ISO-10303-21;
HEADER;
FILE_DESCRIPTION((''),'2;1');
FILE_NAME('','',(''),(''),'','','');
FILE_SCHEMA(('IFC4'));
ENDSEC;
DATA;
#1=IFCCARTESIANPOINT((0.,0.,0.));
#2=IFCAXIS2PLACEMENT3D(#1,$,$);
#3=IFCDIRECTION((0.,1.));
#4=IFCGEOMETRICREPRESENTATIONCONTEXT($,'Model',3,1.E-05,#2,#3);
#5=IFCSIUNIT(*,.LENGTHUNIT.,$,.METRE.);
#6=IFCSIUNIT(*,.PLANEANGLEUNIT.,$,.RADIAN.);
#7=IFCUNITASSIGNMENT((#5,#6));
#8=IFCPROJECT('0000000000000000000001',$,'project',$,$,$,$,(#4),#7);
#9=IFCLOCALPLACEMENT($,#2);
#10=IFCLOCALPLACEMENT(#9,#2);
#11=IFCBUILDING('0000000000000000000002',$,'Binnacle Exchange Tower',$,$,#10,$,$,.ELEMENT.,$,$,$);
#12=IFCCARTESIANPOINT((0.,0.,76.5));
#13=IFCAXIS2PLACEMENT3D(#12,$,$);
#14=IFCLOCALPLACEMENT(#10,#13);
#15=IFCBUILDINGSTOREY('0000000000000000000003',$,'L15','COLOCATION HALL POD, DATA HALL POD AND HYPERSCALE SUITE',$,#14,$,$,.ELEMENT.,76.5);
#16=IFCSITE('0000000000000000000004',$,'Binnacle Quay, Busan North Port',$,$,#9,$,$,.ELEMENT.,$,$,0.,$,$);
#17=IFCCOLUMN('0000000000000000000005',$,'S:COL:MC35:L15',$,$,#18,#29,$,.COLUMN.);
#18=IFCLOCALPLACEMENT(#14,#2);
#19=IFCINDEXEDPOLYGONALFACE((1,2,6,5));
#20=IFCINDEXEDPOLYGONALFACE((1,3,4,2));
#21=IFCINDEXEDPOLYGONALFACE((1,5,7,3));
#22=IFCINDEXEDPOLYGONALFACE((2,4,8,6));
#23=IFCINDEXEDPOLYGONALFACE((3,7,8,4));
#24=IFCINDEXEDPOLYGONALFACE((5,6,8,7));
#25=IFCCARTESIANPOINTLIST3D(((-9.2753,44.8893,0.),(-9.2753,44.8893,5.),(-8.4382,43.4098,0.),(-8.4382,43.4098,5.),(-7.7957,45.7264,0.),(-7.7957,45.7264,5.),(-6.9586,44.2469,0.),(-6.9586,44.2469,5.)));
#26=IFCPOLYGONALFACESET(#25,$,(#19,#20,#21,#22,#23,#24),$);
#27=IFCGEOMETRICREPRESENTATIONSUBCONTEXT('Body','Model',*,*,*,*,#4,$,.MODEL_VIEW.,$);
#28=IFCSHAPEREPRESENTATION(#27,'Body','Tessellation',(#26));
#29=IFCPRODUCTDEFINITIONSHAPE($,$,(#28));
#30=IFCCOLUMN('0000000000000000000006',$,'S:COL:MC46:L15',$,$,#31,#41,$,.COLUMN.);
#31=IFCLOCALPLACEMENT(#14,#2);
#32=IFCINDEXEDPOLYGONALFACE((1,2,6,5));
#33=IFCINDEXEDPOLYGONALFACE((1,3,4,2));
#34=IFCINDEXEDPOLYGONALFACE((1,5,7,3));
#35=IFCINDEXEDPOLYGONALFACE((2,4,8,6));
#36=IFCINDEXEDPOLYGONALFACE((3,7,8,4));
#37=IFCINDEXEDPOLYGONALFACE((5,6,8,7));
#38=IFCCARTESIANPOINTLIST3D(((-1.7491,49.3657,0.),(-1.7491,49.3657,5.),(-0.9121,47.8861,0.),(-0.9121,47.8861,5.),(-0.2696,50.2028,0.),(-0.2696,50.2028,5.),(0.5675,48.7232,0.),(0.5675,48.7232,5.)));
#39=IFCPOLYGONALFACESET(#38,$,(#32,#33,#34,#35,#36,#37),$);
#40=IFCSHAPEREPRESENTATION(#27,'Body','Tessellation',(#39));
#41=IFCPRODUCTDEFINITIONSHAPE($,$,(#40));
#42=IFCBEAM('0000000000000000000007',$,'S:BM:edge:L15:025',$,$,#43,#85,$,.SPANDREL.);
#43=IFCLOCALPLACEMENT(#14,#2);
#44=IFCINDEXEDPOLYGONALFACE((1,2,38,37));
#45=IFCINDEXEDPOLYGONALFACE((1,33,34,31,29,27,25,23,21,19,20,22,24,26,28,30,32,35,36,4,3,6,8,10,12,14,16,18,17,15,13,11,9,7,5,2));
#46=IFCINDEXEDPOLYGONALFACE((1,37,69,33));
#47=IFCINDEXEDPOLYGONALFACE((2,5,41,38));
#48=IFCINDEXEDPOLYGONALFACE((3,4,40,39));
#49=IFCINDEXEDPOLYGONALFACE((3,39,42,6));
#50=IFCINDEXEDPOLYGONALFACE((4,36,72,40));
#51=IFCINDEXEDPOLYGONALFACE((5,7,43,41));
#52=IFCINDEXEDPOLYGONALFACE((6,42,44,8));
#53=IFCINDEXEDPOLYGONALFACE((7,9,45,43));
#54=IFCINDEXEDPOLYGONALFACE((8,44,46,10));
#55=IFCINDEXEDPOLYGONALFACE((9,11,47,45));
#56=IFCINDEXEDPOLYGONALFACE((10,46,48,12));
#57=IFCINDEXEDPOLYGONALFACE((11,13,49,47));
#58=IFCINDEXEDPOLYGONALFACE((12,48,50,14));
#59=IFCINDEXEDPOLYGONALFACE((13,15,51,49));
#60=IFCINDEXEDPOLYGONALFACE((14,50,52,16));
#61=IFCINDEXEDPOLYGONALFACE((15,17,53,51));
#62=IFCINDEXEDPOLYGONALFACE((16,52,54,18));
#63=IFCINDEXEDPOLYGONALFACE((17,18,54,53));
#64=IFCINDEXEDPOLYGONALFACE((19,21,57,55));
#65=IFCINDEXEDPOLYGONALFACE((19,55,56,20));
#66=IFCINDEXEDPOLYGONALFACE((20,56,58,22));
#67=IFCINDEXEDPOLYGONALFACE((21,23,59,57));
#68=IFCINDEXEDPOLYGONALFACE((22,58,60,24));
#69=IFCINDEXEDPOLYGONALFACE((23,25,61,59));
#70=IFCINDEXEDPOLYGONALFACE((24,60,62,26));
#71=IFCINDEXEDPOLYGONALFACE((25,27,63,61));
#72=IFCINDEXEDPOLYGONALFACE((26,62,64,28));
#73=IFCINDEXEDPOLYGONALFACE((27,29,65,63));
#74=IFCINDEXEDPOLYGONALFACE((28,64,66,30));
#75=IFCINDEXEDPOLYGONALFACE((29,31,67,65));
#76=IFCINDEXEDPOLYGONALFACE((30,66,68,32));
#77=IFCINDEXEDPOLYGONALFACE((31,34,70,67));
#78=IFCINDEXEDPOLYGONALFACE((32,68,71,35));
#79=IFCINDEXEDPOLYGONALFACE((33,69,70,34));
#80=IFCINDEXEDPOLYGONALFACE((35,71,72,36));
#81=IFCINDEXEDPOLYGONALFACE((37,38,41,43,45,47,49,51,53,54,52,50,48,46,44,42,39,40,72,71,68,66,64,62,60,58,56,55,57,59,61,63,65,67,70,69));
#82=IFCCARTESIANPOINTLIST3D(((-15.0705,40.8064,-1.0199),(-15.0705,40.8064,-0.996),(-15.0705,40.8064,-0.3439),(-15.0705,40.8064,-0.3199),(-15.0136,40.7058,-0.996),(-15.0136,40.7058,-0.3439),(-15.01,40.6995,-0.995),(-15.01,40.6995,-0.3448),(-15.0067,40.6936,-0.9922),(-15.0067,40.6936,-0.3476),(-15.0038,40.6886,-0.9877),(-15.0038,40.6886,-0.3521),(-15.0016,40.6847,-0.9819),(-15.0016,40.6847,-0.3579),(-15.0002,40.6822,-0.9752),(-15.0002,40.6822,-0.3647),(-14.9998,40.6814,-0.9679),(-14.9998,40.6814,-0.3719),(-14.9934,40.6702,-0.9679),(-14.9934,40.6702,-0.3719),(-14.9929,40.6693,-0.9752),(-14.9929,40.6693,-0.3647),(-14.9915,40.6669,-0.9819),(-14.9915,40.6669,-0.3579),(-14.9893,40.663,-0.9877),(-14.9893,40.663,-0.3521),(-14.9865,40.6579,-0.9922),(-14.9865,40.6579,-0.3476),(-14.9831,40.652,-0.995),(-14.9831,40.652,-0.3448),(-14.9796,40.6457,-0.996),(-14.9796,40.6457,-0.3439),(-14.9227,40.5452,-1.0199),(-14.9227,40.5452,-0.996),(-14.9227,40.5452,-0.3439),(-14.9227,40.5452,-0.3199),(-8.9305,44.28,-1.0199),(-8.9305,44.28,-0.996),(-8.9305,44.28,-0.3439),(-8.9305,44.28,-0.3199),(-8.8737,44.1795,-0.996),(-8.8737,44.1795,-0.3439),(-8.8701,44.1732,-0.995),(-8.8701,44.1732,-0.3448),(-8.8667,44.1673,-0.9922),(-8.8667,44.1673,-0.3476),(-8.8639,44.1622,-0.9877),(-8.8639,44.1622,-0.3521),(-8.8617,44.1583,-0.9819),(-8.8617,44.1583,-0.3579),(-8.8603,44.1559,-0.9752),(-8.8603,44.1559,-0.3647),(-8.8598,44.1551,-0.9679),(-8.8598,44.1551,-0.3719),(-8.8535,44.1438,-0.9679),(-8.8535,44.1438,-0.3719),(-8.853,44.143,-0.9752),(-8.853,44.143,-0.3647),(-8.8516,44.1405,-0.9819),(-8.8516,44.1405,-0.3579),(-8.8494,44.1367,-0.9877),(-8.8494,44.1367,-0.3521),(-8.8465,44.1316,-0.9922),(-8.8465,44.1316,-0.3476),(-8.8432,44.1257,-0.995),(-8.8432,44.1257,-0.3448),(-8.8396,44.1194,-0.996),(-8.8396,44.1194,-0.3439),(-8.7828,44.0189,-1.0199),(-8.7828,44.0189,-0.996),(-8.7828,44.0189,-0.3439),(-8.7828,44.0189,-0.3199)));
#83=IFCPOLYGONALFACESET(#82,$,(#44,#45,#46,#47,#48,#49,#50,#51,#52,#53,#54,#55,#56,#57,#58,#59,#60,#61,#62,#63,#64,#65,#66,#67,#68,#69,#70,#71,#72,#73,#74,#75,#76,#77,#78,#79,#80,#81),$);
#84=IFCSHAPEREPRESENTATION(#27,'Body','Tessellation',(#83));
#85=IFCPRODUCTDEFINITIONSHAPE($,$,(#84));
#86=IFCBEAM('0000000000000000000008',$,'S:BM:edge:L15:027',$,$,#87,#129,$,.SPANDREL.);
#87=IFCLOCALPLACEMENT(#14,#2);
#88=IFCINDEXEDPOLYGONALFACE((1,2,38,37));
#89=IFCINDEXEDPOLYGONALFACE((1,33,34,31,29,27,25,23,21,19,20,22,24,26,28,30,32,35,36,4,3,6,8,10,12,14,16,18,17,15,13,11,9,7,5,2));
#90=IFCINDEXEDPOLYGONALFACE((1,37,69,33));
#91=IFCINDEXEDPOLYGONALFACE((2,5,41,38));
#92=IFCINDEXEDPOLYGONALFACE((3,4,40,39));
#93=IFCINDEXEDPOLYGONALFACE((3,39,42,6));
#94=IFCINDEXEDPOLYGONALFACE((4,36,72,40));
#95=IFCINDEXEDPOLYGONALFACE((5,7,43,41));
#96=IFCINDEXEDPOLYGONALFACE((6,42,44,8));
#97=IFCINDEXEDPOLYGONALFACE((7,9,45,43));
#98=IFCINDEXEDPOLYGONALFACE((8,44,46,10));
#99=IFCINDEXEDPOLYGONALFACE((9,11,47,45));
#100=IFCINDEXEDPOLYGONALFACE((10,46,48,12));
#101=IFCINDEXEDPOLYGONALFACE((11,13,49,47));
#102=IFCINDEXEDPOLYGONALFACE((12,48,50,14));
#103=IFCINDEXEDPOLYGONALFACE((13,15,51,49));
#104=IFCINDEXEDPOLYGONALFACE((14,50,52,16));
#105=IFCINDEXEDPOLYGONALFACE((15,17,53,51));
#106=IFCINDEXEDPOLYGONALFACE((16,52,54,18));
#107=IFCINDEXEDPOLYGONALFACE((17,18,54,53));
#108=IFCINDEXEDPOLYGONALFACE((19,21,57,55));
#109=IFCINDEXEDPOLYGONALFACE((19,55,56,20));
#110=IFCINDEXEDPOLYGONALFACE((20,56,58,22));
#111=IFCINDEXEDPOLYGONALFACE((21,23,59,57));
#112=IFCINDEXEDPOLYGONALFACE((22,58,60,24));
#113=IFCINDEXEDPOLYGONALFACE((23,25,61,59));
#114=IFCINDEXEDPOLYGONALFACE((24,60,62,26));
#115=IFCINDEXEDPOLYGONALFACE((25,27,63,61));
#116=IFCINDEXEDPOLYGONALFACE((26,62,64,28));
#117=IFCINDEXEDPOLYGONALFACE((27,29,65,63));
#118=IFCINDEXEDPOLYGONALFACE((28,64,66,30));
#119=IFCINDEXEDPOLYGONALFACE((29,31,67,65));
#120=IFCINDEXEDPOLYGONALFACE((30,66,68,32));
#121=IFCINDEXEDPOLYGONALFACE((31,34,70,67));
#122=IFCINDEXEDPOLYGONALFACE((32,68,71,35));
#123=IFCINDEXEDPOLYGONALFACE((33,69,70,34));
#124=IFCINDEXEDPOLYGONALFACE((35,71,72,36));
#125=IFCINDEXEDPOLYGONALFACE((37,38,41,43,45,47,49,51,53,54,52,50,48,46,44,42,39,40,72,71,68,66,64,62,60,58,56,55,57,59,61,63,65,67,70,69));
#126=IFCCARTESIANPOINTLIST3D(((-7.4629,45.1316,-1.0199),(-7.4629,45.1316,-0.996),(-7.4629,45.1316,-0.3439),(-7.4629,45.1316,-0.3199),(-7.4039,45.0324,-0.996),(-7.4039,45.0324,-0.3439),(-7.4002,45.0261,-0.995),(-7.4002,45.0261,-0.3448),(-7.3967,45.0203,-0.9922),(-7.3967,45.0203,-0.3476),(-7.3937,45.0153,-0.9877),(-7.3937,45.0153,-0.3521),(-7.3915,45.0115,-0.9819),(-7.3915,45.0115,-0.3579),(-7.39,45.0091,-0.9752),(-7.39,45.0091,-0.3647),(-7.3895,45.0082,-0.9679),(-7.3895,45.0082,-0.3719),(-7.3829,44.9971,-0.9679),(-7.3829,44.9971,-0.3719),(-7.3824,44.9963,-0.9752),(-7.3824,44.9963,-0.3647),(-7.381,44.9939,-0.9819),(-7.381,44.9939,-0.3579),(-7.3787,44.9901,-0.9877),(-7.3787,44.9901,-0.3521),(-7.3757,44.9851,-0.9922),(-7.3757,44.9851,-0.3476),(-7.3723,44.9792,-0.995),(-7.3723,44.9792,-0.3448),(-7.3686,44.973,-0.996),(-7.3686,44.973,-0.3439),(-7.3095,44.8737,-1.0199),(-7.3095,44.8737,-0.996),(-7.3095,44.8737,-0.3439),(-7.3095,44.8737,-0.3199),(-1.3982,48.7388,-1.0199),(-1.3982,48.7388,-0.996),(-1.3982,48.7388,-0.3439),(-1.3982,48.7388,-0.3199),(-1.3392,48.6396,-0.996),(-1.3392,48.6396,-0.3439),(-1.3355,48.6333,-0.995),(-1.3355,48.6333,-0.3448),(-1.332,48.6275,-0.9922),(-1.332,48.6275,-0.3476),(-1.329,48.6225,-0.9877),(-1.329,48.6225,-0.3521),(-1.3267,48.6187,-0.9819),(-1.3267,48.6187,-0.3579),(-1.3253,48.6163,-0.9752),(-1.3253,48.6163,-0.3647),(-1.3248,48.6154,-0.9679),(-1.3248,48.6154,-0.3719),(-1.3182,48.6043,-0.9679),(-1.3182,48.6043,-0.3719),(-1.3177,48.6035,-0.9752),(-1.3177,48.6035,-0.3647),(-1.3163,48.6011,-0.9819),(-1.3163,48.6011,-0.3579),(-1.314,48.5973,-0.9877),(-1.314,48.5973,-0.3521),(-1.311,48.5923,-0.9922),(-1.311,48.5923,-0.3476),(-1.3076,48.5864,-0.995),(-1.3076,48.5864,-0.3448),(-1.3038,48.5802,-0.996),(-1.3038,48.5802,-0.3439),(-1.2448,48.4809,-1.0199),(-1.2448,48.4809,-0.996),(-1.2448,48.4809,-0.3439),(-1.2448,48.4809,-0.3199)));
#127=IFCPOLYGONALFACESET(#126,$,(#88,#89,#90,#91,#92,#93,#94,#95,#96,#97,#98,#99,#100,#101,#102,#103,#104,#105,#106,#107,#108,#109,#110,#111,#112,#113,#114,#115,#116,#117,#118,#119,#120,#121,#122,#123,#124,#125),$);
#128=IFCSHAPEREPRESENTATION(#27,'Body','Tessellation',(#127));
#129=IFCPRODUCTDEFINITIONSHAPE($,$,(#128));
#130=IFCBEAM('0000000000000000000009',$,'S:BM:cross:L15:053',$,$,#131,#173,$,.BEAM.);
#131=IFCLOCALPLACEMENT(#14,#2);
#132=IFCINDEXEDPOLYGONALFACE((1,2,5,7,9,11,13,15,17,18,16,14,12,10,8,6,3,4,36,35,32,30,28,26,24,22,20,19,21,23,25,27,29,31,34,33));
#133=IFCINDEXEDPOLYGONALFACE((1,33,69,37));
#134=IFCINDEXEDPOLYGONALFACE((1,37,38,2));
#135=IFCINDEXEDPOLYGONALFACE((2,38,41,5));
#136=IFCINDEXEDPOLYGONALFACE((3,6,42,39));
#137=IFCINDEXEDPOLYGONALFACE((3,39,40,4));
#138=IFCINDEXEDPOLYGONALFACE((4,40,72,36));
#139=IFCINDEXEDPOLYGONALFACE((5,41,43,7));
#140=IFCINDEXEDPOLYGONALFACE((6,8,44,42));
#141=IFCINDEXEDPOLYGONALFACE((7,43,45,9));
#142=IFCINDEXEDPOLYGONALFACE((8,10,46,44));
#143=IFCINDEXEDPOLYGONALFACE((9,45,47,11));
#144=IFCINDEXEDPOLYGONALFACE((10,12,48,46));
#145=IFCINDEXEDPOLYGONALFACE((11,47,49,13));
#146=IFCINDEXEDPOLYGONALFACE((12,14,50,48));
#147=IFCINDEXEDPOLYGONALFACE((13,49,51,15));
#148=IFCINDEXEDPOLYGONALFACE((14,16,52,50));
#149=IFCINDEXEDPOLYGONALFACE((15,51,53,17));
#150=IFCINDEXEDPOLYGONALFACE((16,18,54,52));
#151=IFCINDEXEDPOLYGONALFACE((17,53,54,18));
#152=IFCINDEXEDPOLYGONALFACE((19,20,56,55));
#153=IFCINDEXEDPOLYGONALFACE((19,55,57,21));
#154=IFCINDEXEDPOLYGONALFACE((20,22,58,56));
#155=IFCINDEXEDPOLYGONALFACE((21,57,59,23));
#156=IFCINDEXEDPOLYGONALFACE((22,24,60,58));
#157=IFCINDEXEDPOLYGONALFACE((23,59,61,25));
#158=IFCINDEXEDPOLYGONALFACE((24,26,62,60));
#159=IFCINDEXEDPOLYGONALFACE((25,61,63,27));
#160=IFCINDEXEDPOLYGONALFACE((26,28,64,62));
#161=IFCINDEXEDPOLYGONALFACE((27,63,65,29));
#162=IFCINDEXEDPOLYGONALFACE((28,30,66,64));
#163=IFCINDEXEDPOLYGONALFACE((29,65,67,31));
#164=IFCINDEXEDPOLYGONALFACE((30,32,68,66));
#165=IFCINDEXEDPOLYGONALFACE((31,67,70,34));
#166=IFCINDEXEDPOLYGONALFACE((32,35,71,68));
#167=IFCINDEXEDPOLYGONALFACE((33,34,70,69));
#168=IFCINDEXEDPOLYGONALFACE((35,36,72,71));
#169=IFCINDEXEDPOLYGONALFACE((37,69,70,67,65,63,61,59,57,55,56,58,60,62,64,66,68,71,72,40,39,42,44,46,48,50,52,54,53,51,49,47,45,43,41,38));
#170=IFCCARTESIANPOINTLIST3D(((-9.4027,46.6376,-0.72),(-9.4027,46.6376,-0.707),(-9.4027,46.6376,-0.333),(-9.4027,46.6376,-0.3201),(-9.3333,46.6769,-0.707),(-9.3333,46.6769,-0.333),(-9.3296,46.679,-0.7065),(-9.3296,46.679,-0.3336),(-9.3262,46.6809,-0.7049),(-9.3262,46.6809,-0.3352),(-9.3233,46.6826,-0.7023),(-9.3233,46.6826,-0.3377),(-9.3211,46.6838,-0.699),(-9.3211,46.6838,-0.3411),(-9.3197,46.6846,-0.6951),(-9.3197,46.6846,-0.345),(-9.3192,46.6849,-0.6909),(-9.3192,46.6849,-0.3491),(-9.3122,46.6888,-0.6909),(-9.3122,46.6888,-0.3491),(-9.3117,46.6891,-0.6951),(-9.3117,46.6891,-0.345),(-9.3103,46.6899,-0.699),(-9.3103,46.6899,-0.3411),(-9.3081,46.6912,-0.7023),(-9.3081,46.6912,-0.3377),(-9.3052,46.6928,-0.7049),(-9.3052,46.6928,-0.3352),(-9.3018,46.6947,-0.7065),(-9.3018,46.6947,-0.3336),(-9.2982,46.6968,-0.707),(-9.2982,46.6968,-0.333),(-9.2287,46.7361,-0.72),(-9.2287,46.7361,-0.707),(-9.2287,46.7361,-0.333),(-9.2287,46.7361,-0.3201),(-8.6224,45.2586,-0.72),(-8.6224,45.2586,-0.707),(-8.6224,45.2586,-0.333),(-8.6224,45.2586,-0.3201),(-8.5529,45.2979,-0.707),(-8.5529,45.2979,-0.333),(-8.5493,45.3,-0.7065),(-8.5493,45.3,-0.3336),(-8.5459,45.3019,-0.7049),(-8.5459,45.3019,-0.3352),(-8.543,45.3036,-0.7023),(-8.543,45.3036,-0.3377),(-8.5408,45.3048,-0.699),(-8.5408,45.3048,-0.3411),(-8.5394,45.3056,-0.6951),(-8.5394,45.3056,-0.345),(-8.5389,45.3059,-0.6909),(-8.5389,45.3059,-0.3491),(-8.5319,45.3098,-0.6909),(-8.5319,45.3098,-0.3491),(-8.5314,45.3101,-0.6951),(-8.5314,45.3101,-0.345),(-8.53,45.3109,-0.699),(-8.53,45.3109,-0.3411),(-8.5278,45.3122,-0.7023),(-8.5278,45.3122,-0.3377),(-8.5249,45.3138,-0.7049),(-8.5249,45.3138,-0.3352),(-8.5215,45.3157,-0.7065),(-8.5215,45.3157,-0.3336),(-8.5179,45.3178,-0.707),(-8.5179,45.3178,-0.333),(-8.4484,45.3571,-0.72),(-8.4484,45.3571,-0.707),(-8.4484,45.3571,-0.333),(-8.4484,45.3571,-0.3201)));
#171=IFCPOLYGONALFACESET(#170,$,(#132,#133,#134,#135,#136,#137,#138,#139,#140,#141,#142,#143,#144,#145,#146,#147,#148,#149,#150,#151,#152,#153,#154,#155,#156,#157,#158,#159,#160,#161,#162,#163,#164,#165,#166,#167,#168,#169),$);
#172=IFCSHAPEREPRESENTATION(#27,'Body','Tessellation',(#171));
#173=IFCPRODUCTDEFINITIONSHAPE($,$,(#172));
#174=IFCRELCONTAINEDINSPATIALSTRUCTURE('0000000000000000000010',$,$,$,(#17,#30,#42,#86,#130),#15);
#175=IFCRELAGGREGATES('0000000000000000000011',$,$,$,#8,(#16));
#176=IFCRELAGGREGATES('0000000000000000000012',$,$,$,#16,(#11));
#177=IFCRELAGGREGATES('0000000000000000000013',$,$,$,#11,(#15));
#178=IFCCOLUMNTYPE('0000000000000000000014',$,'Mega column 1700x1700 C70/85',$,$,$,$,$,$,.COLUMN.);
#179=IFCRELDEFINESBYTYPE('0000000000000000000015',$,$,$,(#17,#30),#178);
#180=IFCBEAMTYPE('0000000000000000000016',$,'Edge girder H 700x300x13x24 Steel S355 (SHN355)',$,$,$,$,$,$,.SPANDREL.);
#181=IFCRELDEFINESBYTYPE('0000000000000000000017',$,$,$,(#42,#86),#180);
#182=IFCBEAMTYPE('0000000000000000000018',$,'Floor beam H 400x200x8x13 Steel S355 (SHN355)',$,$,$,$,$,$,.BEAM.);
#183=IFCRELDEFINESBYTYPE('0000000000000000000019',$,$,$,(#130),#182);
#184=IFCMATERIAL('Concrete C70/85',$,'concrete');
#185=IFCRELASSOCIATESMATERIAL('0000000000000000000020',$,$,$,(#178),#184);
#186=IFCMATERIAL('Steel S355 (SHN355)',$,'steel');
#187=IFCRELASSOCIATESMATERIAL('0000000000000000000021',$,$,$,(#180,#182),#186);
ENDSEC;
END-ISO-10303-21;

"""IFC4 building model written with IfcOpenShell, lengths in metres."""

from ifc_helpers import new_model, si_unit, direction, frame, origin, origin_2d, place, context, subcontext, project, spatial, rectangle, i_section, extrude, material, material_profile, profile_set, type_object, element, save


model = new_model("IFC4")

# Units and contexts
model_context = context("Model", 3, precision=1e-05, world=origin(), true_north=direction((0.0, 1.0)))
body_context = subcontext(model_context, "Body", "Model", "MODEL_VIEW")
ifc_project = project(units=[si_unit("LENGTHUNIT", "METRE"), si_unit("PLANEANGLEUNIT", "RADIAN")], contexts=[model_context])

# Site, building, storey
site_placement = place(None, origin())
site = spatial("IfcSite", under=ifc_project, at=site_placement, Name="Binnacle Quay, Busan North Port", CompositionType="ELEMENT", RefElevation=0.0)
building_placement = place(site_placement, origin())
building = spatial("IfcBuilding", under=site, at=building_placement, Name="Binnacle Exchange Tower", CompositionType="ELEMENT")
storey_placement = place(building_placement, frame((0.0, 0.0, 76.5)))
storey = spatial("IfcBuildingStorey", under=building, at=storey_placement, Name="L15", Description="COLOCATION HALL POD, DATA HALL POD AND HYPERSCALE SUITE", CompositionType="ELEMENT", Elevation=76.5)

# Columns
ifc_material_1 = material(Name="Concrete C70/85", Category="concrete")
ifc_material_profile_1 = material_profile(ifc_material_1, rectangle(XDim=1.7, YDim=1.7, at=origin_2d()), Name="Mega column 1700x1700 C70/85")
ifc_profile_set_1 = profile_set([ifc_material_profile_1], Name="Concrete C70/85")
column_type = type_object("IfcColumnType", Name="Mega column 1700x1700 C70/85", PredefinedType="COLUMN", material=ifc_profile_set_1)
for number, where, z_axis, x_axis, name in (
    (1, (-8.1169, 44.5681, 0.0), (0.0, 0.0, 1.0), (0.870356, 0.492424, 0.0), "S:COL:MC35:L15"),
    (2, (-0.5908, 49.0444, 0.0), (0.0, 0.0, 1.0), (0.870356, 0.492424, 0.0), "S:COL:MC46:L15"),
):
    element("IfcColumn", number, at=place(storey_placement, frame(where, z_axis=z_axis, x_axis=x_axis)), inside=storey, type_object=column_type, Name=name, PredefinedType="COLUMN", context=body_context, shape_type="SweptSolid", body=[
        extrude(rectangle(XDim=1.7, YDim=1.7, at=origin_2d()), origin(), (0.0, 0.0, 1.0), 5.0),
    ])

# Beams
ifc_material_2 = material(Name="Steel S355 (SHN355)", Category="steel")
ifc_material_profile_2 = material_profile(ifc_material_2, i_section(OverallWidth=0.3, OverallDepth=0.7, WebThickness=0.0129, FlangeThickness=0.0239, FilletRadius=0.0281, at=origin_2d()), Name="H 700x300x13x24")
ifc_profile_set_2 = profile_set([ifc_material_profile_2], Name="Steel S355 (SHN355)")
beam_type_1 = type_object("IfcBeamType", Name="Edge girder H 700x300x13x24 Steel S355 (SHN355)", PredefinedType="SPANDREL", material=ifc_profile_set_2)
beam_1_placement = place(storey_placement, frame((-14.9966, 40.6758, -0.6699), z_axis=(0.870365, 0.492407, 0.0), x_axis=(-0.492407, 0.870365, 0.0)))
element("IfcBeam", 3, at=beam_1_placement, inside=storey, type_object=beam_type_1, Name="S:BM:edge:L15:025", PredefinedType="SPANDREL", context=body_context, shape_type="SweptSolid", body=[
    extrude(i_section(OverallWidth=0.3, OverallDepth=0.7, WebThickness=0.0129, FlangeThickness=0.0239, FilletRadius=0.0281, at=origin_2d()), origin(), (0.0, 0.0, 1.0), 7.0544),
])
beam_2_placement = place(storey_placement, frame((-7.3862, 45.0027, -0.6699), z_axis=(0.859465, 0.511195, 0.0), x_axis=(-0.511195, 0.859465, 0.0)))
element("IfcBeam", 4, at=beam_2_placement, inside=storey, type_object=beam_type_1, Name="S:BM:edge:L15:027", PredefinedType="SPANDREL", context=body_context, shape_type="SweptSolid", body=[
    extrude(i_section(OverallWidth=0.3, OverallDepth=0.7, WebThickness=0.0129, FlangeThickness=0.0239, FilletRadius=0.0281, at=origin_2d()), origin(), (0.0, 0.0, 1.0), 7.0564),
])
ifc_material_profile_3 = material_profile(ifc_material_2, i_section(OverallWidth=0.2, OverallDepth=0.3999, WebThickness=0.0081, FlangeThickness=0.0129, FilletRadius=0.0161, at=origin_2d()), Name="H 400x200x8x13")
ifc_profile_set_3 = profile_set([ifc_material_profile_3], Name="Steel S355 (SHN355)")
beam_type_2 = type_object("IfcBeamType", Name="Floor beam H 400x200x8x13 Steel S355 (SHN355)", PredefinedType="BEAM", material=ifc_profile_set_3)
beam_3_placement = place(storey_placement, frame((-8.5354, 45.3079, -0.52), z_axis=(-0.492484, 0.870322, 0.0), x_axis=(-0.870322, -0.492484, 0.0)))
element("IfcBeam", 5, at=beam_3_placement, inside=storey, type_object=beam_type_2, Name="S:BM:cross:L15:053", PredefinedType="BEAM", context=body_context, shape_type="SweptSolid", body=[
    extrude(i_section(OverallWidth=0.2, OverallDepth=0.3999, WebThickness=0.0081, FlangeThickness=0.0129, FilletRadius=0.0161, at=origin_2d()), origin(), (0.0, 0.0, 1.0), 1.5845),
])

save(model, "model.ifc")
